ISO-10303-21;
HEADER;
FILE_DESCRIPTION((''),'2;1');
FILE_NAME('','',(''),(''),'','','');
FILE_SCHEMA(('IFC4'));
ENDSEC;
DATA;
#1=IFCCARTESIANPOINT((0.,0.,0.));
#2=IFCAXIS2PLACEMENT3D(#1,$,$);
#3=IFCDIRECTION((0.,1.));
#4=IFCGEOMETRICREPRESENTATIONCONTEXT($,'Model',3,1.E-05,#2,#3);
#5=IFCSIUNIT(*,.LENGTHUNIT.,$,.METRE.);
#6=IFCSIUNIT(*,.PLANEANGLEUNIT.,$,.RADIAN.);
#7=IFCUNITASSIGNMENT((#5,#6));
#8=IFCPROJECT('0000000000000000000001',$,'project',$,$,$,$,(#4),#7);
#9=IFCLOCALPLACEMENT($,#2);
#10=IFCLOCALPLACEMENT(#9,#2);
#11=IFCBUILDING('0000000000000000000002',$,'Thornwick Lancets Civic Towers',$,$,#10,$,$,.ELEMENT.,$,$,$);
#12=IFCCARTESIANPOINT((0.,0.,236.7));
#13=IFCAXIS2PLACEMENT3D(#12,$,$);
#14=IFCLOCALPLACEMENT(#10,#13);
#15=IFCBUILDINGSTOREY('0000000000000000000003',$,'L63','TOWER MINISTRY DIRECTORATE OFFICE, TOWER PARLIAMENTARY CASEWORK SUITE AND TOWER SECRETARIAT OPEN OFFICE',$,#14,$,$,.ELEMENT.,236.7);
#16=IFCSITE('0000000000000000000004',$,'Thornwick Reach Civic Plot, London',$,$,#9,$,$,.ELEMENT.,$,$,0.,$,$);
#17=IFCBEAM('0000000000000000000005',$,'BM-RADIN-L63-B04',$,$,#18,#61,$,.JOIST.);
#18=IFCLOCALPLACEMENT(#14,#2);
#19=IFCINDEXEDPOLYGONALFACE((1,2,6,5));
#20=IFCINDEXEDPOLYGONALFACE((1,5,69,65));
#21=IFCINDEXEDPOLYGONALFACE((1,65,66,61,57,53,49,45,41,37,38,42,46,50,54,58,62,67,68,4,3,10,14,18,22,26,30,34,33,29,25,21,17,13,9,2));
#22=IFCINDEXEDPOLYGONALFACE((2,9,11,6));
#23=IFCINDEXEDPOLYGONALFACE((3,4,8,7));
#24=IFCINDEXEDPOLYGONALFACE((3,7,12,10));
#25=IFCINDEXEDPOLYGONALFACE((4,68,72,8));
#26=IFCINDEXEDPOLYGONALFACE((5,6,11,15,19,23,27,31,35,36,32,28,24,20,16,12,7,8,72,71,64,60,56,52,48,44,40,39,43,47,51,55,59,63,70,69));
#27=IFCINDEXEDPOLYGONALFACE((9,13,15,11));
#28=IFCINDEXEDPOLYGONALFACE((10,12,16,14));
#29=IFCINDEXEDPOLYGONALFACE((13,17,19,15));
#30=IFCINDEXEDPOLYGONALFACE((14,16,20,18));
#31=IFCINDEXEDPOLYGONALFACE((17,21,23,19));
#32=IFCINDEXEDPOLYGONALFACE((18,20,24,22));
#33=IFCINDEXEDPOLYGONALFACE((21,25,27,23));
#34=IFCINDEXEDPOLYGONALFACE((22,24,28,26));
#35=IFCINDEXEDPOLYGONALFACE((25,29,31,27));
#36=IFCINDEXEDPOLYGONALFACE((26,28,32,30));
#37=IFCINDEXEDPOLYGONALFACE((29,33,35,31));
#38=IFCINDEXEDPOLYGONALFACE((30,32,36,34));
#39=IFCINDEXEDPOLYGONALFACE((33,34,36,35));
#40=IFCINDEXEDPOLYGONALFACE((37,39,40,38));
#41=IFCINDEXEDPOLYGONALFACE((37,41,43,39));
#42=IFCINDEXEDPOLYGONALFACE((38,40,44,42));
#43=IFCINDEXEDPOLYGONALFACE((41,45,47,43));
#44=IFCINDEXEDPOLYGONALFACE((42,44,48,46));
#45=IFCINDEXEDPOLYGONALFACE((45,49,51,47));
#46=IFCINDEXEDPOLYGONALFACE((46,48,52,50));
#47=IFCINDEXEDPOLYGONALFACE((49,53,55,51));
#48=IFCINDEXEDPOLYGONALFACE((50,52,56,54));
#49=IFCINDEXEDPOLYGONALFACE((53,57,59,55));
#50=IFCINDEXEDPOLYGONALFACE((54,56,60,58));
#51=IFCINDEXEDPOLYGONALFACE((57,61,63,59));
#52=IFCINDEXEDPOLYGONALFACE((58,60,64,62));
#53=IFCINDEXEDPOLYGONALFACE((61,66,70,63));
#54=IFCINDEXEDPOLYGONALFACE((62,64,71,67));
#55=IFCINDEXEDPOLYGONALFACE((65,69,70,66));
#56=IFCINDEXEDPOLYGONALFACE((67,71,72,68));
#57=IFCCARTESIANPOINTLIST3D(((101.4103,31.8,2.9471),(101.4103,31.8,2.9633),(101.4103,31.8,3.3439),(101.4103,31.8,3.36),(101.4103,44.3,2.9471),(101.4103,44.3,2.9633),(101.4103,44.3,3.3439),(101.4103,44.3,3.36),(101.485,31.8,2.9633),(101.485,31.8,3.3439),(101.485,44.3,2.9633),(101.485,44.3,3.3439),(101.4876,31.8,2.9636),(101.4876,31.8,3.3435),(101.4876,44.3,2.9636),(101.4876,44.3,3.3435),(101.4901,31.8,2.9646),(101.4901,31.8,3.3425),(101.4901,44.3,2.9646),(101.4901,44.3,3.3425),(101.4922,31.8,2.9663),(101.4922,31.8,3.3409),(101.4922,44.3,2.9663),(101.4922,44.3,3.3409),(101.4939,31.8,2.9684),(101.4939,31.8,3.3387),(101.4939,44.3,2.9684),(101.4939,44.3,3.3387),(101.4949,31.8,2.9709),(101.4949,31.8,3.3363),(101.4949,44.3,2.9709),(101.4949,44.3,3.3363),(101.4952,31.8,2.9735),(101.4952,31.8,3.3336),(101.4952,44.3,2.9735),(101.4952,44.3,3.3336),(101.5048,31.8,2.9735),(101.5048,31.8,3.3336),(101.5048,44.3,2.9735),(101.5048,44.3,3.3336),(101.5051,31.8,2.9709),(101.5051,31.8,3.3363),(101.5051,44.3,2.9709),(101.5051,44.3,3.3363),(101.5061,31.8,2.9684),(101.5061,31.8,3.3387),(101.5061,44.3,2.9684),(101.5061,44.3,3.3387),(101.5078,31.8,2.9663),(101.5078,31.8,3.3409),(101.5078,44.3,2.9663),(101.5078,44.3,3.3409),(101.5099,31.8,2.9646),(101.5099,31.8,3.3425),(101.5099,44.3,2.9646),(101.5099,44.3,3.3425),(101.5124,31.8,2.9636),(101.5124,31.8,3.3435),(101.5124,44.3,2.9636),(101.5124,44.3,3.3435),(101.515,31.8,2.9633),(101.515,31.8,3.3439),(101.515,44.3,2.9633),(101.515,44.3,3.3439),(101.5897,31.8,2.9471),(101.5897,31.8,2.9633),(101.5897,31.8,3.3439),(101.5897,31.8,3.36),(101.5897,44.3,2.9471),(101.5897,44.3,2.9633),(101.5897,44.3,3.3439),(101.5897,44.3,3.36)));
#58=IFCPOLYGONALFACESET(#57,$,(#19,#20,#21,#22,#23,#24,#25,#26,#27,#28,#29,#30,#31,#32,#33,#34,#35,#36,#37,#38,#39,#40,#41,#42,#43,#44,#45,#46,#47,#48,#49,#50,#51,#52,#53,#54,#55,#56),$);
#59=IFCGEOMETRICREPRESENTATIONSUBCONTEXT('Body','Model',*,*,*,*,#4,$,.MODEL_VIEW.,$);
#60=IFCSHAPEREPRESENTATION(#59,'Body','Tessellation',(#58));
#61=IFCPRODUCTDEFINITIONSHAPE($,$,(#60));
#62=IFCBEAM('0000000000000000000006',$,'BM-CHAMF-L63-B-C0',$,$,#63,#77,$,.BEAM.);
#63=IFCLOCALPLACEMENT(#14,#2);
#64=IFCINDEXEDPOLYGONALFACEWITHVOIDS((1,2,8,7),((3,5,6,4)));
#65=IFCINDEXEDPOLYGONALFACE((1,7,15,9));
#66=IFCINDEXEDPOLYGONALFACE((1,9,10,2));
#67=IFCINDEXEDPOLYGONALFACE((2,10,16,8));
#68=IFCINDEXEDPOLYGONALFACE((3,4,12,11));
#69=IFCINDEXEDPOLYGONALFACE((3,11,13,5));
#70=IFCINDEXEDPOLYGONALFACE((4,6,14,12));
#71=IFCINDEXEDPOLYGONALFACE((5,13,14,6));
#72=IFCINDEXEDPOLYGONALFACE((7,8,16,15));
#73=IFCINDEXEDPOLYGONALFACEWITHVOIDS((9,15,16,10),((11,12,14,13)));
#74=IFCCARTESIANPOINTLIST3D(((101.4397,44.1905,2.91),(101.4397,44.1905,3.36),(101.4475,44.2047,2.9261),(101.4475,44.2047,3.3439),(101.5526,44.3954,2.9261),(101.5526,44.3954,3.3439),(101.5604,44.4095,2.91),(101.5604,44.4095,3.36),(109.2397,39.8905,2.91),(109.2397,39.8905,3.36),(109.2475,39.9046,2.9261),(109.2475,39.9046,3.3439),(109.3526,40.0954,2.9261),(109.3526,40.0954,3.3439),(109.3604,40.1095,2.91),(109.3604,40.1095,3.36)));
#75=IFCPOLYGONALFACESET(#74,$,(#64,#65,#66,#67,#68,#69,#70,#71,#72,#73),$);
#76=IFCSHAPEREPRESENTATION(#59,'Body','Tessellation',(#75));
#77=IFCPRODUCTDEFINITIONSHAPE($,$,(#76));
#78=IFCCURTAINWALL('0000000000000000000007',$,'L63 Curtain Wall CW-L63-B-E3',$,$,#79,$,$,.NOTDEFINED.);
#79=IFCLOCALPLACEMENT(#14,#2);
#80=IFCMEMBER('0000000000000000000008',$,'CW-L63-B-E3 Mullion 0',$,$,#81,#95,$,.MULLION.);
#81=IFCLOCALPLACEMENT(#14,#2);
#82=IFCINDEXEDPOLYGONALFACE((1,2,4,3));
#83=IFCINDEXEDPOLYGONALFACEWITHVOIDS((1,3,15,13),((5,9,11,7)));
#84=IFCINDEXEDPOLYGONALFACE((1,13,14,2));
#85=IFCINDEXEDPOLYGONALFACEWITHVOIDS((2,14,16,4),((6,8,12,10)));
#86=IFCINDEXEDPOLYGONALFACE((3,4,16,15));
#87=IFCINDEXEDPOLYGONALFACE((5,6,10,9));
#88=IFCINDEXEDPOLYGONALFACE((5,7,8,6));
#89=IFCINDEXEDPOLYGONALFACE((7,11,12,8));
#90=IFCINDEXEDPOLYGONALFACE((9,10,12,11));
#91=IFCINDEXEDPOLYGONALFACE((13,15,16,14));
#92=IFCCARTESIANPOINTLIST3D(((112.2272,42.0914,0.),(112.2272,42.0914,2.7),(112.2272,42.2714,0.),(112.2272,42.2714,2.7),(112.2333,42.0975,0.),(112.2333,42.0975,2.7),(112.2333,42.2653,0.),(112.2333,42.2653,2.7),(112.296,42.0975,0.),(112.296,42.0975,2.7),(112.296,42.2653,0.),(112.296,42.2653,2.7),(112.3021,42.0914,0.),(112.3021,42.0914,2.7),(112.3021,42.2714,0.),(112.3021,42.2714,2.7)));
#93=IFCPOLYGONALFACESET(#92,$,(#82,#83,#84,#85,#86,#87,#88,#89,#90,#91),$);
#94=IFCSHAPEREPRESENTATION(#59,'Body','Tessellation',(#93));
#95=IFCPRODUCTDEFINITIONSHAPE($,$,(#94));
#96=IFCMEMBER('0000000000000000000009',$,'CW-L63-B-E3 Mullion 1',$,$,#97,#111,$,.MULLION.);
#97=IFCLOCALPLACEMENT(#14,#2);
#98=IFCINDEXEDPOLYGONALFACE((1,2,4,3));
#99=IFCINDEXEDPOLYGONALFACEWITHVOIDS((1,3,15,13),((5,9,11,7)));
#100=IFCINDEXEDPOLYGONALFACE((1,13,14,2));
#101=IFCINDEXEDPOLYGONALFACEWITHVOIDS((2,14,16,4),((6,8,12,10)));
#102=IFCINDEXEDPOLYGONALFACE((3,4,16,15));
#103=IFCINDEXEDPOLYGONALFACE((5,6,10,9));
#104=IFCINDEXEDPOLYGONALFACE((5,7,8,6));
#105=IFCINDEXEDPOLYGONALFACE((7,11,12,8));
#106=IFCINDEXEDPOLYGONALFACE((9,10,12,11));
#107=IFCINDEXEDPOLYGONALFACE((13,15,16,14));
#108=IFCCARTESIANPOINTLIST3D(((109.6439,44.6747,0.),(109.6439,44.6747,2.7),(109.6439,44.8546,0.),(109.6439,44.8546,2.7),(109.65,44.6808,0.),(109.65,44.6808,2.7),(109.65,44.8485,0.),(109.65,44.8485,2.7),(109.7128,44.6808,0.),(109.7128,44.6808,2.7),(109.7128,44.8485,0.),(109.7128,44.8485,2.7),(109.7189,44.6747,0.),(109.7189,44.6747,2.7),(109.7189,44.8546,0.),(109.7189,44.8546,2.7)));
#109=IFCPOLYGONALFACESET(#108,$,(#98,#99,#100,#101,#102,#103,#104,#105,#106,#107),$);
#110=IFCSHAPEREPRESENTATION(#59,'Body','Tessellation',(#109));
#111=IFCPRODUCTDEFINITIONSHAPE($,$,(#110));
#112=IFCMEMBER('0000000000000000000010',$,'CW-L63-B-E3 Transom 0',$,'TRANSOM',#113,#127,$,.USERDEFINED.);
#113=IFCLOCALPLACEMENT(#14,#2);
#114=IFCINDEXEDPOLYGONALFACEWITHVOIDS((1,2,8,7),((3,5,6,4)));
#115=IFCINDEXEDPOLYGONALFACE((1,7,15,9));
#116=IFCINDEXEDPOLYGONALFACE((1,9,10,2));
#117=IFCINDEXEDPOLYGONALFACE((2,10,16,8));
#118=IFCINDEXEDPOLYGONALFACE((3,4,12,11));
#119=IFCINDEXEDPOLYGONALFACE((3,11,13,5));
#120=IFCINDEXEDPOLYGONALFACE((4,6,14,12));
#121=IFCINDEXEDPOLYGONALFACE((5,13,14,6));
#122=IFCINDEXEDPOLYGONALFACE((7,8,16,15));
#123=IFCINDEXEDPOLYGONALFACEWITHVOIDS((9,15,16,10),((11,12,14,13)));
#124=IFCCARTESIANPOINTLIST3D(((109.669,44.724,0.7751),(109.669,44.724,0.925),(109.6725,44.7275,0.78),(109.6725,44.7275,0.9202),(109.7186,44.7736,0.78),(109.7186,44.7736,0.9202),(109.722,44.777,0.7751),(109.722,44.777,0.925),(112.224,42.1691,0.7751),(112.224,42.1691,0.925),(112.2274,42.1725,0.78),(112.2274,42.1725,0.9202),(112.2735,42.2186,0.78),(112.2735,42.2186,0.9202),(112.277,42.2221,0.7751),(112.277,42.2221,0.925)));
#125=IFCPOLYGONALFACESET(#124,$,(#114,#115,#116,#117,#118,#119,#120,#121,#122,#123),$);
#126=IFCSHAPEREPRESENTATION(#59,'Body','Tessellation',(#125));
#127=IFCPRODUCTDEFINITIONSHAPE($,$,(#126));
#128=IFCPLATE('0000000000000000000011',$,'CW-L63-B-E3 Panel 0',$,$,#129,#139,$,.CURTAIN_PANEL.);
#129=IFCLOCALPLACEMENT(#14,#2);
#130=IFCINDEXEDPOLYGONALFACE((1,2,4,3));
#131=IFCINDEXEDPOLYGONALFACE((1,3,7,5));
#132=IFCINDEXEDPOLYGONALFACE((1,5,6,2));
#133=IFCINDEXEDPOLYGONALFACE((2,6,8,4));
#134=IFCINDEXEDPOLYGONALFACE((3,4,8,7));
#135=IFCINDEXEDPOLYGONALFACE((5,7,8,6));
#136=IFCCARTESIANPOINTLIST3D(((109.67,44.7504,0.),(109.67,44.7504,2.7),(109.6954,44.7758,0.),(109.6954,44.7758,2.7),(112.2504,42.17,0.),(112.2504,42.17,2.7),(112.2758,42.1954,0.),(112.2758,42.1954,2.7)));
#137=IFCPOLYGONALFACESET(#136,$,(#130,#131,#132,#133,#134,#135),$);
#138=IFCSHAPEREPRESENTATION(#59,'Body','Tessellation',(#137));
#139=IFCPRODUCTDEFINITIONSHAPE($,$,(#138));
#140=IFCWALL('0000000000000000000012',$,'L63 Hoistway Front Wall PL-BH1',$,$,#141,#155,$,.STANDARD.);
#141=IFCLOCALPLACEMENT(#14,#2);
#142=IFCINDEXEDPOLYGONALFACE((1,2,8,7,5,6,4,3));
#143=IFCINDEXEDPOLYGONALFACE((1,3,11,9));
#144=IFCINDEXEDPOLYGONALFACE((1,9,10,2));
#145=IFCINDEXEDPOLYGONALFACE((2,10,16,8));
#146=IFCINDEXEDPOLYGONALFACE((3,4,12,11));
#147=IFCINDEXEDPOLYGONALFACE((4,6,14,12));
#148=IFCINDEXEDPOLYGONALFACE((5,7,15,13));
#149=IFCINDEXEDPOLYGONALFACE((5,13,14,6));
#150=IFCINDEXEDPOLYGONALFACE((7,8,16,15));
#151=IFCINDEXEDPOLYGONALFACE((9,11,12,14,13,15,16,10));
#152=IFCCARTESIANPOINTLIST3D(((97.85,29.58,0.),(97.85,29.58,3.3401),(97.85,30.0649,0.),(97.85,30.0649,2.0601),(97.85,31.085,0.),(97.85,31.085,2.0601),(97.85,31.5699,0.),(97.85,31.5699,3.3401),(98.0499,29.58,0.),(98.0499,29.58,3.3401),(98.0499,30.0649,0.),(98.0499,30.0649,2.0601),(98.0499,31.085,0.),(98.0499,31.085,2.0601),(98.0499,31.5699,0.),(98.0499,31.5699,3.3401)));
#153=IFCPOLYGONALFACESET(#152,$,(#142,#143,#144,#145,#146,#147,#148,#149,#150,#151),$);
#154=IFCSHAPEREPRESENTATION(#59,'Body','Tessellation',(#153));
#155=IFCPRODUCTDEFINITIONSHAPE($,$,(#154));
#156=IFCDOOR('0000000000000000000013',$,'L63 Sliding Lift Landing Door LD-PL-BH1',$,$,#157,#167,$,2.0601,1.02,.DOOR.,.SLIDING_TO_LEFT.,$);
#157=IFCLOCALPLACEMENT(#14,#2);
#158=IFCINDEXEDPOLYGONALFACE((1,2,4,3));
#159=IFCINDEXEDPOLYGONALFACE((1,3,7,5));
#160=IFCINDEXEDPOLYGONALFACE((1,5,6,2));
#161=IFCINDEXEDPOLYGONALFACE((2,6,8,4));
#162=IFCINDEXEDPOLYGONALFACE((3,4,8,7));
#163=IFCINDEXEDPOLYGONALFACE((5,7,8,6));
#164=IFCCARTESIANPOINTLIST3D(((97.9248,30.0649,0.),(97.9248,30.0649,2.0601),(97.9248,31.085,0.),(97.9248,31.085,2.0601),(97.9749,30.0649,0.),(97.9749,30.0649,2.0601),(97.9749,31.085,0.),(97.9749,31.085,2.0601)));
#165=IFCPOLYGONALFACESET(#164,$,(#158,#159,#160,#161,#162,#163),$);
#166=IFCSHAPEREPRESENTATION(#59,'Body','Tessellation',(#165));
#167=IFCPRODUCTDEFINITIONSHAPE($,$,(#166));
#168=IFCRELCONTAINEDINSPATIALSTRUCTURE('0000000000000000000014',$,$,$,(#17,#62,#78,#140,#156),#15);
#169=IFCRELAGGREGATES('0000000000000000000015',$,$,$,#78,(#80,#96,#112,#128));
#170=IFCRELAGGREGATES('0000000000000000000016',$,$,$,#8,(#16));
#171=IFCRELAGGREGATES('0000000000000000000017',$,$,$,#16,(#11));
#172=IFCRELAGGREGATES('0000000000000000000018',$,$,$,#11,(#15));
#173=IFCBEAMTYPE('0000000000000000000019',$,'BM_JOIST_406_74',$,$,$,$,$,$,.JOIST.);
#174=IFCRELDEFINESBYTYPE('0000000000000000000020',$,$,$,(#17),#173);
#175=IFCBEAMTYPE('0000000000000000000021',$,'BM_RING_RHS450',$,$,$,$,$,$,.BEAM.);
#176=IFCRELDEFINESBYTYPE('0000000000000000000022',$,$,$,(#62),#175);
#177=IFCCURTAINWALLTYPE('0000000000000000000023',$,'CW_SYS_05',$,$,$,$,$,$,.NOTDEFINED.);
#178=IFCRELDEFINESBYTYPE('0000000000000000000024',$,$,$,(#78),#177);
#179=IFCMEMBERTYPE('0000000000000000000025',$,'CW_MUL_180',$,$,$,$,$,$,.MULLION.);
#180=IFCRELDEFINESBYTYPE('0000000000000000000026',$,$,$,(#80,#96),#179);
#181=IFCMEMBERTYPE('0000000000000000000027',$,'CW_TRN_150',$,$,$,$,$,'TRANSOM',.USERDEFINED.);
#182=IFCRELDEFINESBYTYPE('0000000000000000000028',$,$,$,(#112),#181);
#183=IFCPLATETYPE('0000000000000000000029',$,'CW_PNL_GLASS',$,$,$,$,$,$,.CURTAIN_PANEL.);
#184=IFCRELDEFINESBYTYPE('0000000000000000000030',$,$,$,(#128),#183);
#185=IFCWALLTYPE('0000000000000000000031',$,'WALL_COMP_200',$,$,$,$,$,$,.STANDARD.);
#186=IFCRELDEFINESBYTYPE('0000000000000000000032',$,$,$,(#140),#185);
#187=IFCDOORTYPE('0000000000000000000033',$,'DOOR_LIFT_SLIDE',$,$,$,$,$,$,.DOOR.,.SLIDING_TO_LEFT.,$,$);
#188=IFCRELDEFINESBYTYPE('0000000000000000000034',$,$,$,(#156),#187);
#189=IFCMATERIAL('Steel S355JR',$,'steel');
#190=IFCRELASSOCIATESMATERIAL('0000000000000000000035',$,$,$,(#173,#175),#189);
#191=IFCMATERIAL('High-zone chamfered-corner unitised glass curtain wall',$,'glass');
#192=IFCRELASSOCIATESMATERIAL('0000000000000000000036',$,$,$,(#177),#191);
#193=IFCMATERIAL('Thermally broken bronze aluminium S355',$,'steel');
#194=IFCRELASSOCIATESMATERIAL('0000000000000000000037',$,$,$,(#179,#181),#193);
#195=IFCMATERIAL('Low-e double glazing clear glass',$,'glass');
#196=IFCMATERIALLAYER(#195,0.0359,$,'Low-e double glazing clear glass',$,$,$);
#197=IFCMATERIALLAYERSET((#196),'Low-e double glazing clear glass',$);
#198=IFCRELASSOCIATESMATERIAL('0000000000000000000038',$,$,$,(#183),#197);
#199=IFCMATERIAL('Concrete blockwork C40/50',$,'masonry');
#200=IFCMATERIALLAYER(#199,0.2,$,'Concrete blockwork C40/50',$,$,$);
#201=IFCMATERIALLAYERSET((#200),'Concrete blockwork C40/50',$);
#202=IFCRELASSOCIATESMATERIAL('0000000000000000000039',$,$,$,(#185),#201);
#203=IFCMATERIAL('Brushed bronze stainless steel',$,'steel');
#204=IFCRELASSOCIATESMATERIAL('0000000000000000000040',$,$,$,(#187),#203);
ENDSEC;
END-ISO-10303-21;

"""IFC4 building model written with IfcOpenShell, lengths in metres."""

from ifc_helpers import new_model, si_unit, direction, frame, frame_2d, origin, origin_2d, place, context, subcontext, project, spatial, rectangle, hollow_rectangle, i_section, extrude, material, layer, layer_set, material_profile, profile_set, type_object, element, fill, aggregate, save


model = new_model("IFC4")

# Units and contexts
model_context = context("Model", 3, precision=1e-05, world=origin(), true_north=direction((0.0, 1.0)))
body_context = subcontext(model_context, "Body", "Model", "MODEL_VIEW")
ifc_project = project(units=[si_unit("LENGTHUNIT", "METRE"), si_unit("PLANEANGLEUNIT", "RADIAN")], contexts=[model_context])

# Site, building, storey
site_placement = place(None, origin())
site = spatial("IfcSite", under=ifc_project, at=site_placement, Name="Thornwick Reach Civic Plot, London", CompositionType="ELEMENT", RefElevation=0.0)
building_placement = place(site_placement, origin())
building = spatial("IfcBuilding", under=site, at=building_placement, Name="Thornwick Lancets Civic Towers", CompositionType="ELEMENT")
storey_placement = place(building_placement, frame((0.0, 0.0, 236.7)))
storey = spatial("IfcBuildingStorey", under=building, at=storey_placement, Name="L63", Description="TOWER MINISTRY DIRECTORATE OFFICE, TOWER PARLIAMENTARY CASEWORK SUITE AND TOWER SECRETARIAT OPEN OFFICE", CompositionType="ELEMENT", Elevation=236.7)

# Shared definitions
ifc_material_1 = material(Name="Steel S355JR", Category="steel")

# Beams
ifc_material_profile_1 = material_profile(ifc_material_1, i_section(OverallWidth=0.1794, OverallDepth=0.4128, WebThickness=0.0095, FlangeThickness=0.0161, FilletRadius=0.0103, at=origin_2d()), Name="UKB 406x178x74")
ifc_profile_set_1 = profile_set([ifc_material_profile_1], Name="Steel S355JR")
beam_type_1 = type_object("IfcBeamType", Name="BM_JOIST_406_74", PredefinedType="JOIST", material=ifc_profile_set_1)
beam_1_placement = place(storey_placement, frame((101.5, 31.8, 3.1536), z_axis=(0.0, 1.0, 0.0), x_axis=(-1.0, 0.0, 0.0)))
element("IfcBeam", 1, at=beam_1_placement, inside=storey, type_object=beam_type_1, Name="BM-RADIN-L63-B04", PredefinedType="JOIST", context=body_context, shape_type="SweptSolid", body=[
    extrude(i_section(OverallWidth=0.1794, OverallDepth=0.4128, WebThickness=0.0095, FlangeThickness=0.0161, FilletRadius=0.0103, at=origin_2d()), origin(), (0.0, 0.0, 1.0), 12.5),
])
ifc_material_profile_2 = material_profile(ifc_material_1, hollow_rectangle(XDim=0.25, YDim=0.45, WallThickness=0.0161, at=origin_2d()), Name="RHS 450x250x16")
ifc_profile_set_2 = profile_set([ifc_material_profile_2], Name="Steel S355JR")
beam_type_2 = type_object("IfcBeamType", Name="BM_RING_RHS450", PredefinedType="BEAM", material=ifc_profile_set_2)
beam_2_placement = place(storey_placement, frame((109.3, 40.0, 3.135), z_axis=(-0.87574, 0.482782, 0.0), x_axis=(-0.482782, -0.87574, 0.0)))
element("IfcBeam", 2, at=beam_2_placement, inside=storey, type_object=beam_type_2, Name="BM-CHAMF-L63-B-C0", PredefinedType="BEAM", context=body_context, shape_type="SweptSolid", body=[
    extrude(hollow_rectangle(XDim=0.25, YDim=0.45, WallThickness=0.0161, at=origin_2d()), origin(), (0.0, 0.0, 1.0), 8.9067),
])

# Curtain wall, members, plate
ifc_material_2 = material(Name="High-zone chamfered-corner unitised glass curtain wall", Category="glass")
curtain_wall_type = type_object("IfcCurtainWallType", Name="CW_SYS_05", PredefinedType="NOTDEFINED", material=ifc_material_2)
curtain_wall_placement = place(storey_placement, origin())
curtain_wall = element("IfcCurtainWall", 3, at=curtain_wall_placement, inside=storey, type_object=curtain_wall_type, Name="L63 Curtain Wall CW-L63-B-E3", PredefinedType="NOTDEFINED")
ifc_material_3 = material(Name="Thermally broken bronze aluminium S355", Category="steel")
ifc_material_profile_3 = material_profile(ifc_material_3, hollow_rectangle(XDim=0.075, YDim=0.1799, WallThickness=0.0061, at=origin_2d()), Name="RHS 180x75x6")
ifc_profile_set_3 = profile_set([ifc_material_profile_3], Name="Thermally broken bronze aluminium S355")
member_type_1 = type_object("IfcMemberType", Name="CW_MUL_180", PredefinedType="MULLION", material=ifc_profile_set_3)
member_1_placement = place(storey_placement, frame((112.2646, 42.1814, 0.0), z_axis=(0.0, 0.0, 1.0), x_axis=(1.0, 0.0, 0.0)))
member_1 = element("IfcMember", 4, at=member_1_placement, type_object=member_type_1, Name="CW-L63-B-E3 Mullion 0", PredefinedType="MULLION", context=body_context, shape_type="SweptSolid", body=[
    extrude(hollow_rectangle(XDim=0.075, YDim=0.1799, WallThickness=0.0061, at=origin_2d()), origin(), (0.0, 0.0, 1.0), 2.7),
])
member_2_placement = place(storey_placement, frame((109.6814, 44.7646, 0.0), z_axis=(0.0, 0.0, 1.0), x_axis=(1.0, 0.0, 0.0)))
member_2 = element("IfcMember", 5, at=member_2_placement, type_object=member_type_1, Name="CW-L63-B-E3 Mullion 1", PredefinedType="MULLION", context=body_context, shape_type="SweptSolid", body=[
    extrude(hollow_rectangle(XDim=0.075, YDim=0.1799, WallThickness=0.0061, at=origin_2d()), origin(), (0.0, 0.0, 1.0), 2.7),
])
ifc_material_profile_4 = material_profile(ifc_material_3, hollow_rectangle(XDim=0.075, YDim=0.1499, WallThickness=0.0049, at=origin_2d()), Name="RHS 150x75x5")
ifc_profile_set_4 = profile_set([ifc_material_profile_4], Name="Thermally broken bronze aluminium S355")
member_type_2 = type_object("IfcMemberType", Name="CW_TRN_150", ElementType="TRANSOM", PredefinedType="USERDEFINED", material=ifc_profile_set_4)
member_3_placement = place(storey_placement, frame((112.2505, 42.1956, 0.8501), z_axis=(-0.707107, 0.707107, 0.0), x_axis=(-0.707107, -0.707107, 0.0)))
member_3 = element("IfcMember", 6, at=member_3_placement, type_object=member_type_2, Name="CW-L63-B-E3 Transom 0", ObjectType="TRANSOM", PredefinedType="USERDEFINED", context=body_context, shape_type="SweptSolid", body=[
    extrude(hollow_rectangle(XDim=0.075, YDim=0.1499, WallThickness=0.0049, at=origin_2d()), origin(), (0.0, 0.0, 1.0), 3.6133),
])
ifc_material_4 = material(Name="Low-e double glazing clear glass", Category="glass")
ifc_layer_1 = layer(ifc_material_4, 0.0359, Name="Low-e double glazing clear glass")
ifc_layer_set_1 = layer_set([ifc_layer_1], Name="Low-e double glazing clear glass")
plate_type = type_object("IfcPlateType", Name="CW_PNL_GLASS", PredefinedType="CURTAIN_PANEL", material=ifc_layer_set_1)
plate_placement = place(storey_placement, frame((110.9729, 43.4729, 0.0), z_axis=(0.0, 0.0, 1.0), x_axis=(-0.707107, 0.707107, 0.0)))
plate = element("IfcPlate", 7, at=plate_placement, type_object=plate_type, Name="CW-L63-B-E3 Panel 0", PredefinedType="CURTAIN_PANEL", context=body_context, shape_type="SweptSolid", body=[
    extrude(rectangle(XDim=3.6492, YDim=0.0359, at=origin_2d()), origin(), (0.0, 0.0, 1.0), 2.7),
])
aggregate(curtain_wall, [member_1, member_2, member_3, plate])

# Wall, opening, door
ifc_material_5 = material(Name="Concrete blockwork C40/50", Category="masonry")
ifc_layer_2 = layer(ifc_material_5, 0.2, Name="Concrete blockwork C40/50")
ifc_layer_set_2 = layer_set([ifc_layer_2], Name="Concrete blockwork C40/50")
wall_type_1 = type_object("IfcWallType", Name="WALL_COMP_200", PredefinedType="STANDARD", material=ifc_layer_set_2)
wall_1_placement = place(storey_placement, frame((97.95, 31.5701, 0.0), z_axis=(0.0, 0.0, 1.0), x_axis=(0.0, -1.0, 0.0)))
wall_1 = element("IfcWall", 8, at=wall_1_placement, inside=storey, type_object=wall_type_1, Name="L63 Hoistway Front Wall PL-BH1", PredefinedType="STANDARD", context=body_context, shape_type="SweptSolid", body=[
    extrude(rectangle(XDim=1.99, YDim=0.2, at=frame_2d((0.9951, 0.0))), origin(), (0.0, 0.0, 1.0), 3.3401),
])
opening_1_placement = place(wall_1_placement, frame((0.4851, 0.0, 0.0)))
opening_1 = element("IfcOpeningElement", 9, at=opening_1_placement, cuts=wall_1, PredefinedType="OPENING", context=body_context, shape_type="SweptSolid", body=[
    extrude(rectangle(XDim=1.02, YDim=2.0601, at=frame_2d((0.51, 1.03))), frame((0.0, 0.1099, 0.0), z_axis=(0.0, -1.0, 0.0), x_axis=(1.0, 0.0, 0.0)), (0.0, 0.0, 1.0), 0.22),
])
ifc_material_6 = material(Name="Brushed bronze stainless steel", Category="steel")
door_type_1 = type_object("IfcDoorType", Name="DOOR_LIFT_SLIDE", OperationType="SLIDING_TO_LEFT", PredefinedType="DOOR", material=ifc_material_6)
door_1_placement = place(opening_1_placement, origin())
door_1 = element("IfcDoor", 10, at=door_1_placement, inside=storey, type_object=door_type_1, Name="L63 Sliding Lift Landing Door LD-PL-BH1", OperationType="SLIDING_TO_LEFT", OverallHeight=2.0601, OverallWidth=1.02, PredefinedType="DOOR", context=body_context, shape_type="SweptSolid", body=[
    extrude(rectangle(XDim=1.02, YDim=2.0601, at=frame_2d((0.51, 1.03))), frame((0.0, 0.0249, 0.0), z_axis=(0.0, -1.0, 0.0), x_axis=(1.0, 0.0, 0.0)), (0.0, 0.0, 1.0), 0.05),
])
fill(opening_1, door_1)

save(model, "model.ifc")
